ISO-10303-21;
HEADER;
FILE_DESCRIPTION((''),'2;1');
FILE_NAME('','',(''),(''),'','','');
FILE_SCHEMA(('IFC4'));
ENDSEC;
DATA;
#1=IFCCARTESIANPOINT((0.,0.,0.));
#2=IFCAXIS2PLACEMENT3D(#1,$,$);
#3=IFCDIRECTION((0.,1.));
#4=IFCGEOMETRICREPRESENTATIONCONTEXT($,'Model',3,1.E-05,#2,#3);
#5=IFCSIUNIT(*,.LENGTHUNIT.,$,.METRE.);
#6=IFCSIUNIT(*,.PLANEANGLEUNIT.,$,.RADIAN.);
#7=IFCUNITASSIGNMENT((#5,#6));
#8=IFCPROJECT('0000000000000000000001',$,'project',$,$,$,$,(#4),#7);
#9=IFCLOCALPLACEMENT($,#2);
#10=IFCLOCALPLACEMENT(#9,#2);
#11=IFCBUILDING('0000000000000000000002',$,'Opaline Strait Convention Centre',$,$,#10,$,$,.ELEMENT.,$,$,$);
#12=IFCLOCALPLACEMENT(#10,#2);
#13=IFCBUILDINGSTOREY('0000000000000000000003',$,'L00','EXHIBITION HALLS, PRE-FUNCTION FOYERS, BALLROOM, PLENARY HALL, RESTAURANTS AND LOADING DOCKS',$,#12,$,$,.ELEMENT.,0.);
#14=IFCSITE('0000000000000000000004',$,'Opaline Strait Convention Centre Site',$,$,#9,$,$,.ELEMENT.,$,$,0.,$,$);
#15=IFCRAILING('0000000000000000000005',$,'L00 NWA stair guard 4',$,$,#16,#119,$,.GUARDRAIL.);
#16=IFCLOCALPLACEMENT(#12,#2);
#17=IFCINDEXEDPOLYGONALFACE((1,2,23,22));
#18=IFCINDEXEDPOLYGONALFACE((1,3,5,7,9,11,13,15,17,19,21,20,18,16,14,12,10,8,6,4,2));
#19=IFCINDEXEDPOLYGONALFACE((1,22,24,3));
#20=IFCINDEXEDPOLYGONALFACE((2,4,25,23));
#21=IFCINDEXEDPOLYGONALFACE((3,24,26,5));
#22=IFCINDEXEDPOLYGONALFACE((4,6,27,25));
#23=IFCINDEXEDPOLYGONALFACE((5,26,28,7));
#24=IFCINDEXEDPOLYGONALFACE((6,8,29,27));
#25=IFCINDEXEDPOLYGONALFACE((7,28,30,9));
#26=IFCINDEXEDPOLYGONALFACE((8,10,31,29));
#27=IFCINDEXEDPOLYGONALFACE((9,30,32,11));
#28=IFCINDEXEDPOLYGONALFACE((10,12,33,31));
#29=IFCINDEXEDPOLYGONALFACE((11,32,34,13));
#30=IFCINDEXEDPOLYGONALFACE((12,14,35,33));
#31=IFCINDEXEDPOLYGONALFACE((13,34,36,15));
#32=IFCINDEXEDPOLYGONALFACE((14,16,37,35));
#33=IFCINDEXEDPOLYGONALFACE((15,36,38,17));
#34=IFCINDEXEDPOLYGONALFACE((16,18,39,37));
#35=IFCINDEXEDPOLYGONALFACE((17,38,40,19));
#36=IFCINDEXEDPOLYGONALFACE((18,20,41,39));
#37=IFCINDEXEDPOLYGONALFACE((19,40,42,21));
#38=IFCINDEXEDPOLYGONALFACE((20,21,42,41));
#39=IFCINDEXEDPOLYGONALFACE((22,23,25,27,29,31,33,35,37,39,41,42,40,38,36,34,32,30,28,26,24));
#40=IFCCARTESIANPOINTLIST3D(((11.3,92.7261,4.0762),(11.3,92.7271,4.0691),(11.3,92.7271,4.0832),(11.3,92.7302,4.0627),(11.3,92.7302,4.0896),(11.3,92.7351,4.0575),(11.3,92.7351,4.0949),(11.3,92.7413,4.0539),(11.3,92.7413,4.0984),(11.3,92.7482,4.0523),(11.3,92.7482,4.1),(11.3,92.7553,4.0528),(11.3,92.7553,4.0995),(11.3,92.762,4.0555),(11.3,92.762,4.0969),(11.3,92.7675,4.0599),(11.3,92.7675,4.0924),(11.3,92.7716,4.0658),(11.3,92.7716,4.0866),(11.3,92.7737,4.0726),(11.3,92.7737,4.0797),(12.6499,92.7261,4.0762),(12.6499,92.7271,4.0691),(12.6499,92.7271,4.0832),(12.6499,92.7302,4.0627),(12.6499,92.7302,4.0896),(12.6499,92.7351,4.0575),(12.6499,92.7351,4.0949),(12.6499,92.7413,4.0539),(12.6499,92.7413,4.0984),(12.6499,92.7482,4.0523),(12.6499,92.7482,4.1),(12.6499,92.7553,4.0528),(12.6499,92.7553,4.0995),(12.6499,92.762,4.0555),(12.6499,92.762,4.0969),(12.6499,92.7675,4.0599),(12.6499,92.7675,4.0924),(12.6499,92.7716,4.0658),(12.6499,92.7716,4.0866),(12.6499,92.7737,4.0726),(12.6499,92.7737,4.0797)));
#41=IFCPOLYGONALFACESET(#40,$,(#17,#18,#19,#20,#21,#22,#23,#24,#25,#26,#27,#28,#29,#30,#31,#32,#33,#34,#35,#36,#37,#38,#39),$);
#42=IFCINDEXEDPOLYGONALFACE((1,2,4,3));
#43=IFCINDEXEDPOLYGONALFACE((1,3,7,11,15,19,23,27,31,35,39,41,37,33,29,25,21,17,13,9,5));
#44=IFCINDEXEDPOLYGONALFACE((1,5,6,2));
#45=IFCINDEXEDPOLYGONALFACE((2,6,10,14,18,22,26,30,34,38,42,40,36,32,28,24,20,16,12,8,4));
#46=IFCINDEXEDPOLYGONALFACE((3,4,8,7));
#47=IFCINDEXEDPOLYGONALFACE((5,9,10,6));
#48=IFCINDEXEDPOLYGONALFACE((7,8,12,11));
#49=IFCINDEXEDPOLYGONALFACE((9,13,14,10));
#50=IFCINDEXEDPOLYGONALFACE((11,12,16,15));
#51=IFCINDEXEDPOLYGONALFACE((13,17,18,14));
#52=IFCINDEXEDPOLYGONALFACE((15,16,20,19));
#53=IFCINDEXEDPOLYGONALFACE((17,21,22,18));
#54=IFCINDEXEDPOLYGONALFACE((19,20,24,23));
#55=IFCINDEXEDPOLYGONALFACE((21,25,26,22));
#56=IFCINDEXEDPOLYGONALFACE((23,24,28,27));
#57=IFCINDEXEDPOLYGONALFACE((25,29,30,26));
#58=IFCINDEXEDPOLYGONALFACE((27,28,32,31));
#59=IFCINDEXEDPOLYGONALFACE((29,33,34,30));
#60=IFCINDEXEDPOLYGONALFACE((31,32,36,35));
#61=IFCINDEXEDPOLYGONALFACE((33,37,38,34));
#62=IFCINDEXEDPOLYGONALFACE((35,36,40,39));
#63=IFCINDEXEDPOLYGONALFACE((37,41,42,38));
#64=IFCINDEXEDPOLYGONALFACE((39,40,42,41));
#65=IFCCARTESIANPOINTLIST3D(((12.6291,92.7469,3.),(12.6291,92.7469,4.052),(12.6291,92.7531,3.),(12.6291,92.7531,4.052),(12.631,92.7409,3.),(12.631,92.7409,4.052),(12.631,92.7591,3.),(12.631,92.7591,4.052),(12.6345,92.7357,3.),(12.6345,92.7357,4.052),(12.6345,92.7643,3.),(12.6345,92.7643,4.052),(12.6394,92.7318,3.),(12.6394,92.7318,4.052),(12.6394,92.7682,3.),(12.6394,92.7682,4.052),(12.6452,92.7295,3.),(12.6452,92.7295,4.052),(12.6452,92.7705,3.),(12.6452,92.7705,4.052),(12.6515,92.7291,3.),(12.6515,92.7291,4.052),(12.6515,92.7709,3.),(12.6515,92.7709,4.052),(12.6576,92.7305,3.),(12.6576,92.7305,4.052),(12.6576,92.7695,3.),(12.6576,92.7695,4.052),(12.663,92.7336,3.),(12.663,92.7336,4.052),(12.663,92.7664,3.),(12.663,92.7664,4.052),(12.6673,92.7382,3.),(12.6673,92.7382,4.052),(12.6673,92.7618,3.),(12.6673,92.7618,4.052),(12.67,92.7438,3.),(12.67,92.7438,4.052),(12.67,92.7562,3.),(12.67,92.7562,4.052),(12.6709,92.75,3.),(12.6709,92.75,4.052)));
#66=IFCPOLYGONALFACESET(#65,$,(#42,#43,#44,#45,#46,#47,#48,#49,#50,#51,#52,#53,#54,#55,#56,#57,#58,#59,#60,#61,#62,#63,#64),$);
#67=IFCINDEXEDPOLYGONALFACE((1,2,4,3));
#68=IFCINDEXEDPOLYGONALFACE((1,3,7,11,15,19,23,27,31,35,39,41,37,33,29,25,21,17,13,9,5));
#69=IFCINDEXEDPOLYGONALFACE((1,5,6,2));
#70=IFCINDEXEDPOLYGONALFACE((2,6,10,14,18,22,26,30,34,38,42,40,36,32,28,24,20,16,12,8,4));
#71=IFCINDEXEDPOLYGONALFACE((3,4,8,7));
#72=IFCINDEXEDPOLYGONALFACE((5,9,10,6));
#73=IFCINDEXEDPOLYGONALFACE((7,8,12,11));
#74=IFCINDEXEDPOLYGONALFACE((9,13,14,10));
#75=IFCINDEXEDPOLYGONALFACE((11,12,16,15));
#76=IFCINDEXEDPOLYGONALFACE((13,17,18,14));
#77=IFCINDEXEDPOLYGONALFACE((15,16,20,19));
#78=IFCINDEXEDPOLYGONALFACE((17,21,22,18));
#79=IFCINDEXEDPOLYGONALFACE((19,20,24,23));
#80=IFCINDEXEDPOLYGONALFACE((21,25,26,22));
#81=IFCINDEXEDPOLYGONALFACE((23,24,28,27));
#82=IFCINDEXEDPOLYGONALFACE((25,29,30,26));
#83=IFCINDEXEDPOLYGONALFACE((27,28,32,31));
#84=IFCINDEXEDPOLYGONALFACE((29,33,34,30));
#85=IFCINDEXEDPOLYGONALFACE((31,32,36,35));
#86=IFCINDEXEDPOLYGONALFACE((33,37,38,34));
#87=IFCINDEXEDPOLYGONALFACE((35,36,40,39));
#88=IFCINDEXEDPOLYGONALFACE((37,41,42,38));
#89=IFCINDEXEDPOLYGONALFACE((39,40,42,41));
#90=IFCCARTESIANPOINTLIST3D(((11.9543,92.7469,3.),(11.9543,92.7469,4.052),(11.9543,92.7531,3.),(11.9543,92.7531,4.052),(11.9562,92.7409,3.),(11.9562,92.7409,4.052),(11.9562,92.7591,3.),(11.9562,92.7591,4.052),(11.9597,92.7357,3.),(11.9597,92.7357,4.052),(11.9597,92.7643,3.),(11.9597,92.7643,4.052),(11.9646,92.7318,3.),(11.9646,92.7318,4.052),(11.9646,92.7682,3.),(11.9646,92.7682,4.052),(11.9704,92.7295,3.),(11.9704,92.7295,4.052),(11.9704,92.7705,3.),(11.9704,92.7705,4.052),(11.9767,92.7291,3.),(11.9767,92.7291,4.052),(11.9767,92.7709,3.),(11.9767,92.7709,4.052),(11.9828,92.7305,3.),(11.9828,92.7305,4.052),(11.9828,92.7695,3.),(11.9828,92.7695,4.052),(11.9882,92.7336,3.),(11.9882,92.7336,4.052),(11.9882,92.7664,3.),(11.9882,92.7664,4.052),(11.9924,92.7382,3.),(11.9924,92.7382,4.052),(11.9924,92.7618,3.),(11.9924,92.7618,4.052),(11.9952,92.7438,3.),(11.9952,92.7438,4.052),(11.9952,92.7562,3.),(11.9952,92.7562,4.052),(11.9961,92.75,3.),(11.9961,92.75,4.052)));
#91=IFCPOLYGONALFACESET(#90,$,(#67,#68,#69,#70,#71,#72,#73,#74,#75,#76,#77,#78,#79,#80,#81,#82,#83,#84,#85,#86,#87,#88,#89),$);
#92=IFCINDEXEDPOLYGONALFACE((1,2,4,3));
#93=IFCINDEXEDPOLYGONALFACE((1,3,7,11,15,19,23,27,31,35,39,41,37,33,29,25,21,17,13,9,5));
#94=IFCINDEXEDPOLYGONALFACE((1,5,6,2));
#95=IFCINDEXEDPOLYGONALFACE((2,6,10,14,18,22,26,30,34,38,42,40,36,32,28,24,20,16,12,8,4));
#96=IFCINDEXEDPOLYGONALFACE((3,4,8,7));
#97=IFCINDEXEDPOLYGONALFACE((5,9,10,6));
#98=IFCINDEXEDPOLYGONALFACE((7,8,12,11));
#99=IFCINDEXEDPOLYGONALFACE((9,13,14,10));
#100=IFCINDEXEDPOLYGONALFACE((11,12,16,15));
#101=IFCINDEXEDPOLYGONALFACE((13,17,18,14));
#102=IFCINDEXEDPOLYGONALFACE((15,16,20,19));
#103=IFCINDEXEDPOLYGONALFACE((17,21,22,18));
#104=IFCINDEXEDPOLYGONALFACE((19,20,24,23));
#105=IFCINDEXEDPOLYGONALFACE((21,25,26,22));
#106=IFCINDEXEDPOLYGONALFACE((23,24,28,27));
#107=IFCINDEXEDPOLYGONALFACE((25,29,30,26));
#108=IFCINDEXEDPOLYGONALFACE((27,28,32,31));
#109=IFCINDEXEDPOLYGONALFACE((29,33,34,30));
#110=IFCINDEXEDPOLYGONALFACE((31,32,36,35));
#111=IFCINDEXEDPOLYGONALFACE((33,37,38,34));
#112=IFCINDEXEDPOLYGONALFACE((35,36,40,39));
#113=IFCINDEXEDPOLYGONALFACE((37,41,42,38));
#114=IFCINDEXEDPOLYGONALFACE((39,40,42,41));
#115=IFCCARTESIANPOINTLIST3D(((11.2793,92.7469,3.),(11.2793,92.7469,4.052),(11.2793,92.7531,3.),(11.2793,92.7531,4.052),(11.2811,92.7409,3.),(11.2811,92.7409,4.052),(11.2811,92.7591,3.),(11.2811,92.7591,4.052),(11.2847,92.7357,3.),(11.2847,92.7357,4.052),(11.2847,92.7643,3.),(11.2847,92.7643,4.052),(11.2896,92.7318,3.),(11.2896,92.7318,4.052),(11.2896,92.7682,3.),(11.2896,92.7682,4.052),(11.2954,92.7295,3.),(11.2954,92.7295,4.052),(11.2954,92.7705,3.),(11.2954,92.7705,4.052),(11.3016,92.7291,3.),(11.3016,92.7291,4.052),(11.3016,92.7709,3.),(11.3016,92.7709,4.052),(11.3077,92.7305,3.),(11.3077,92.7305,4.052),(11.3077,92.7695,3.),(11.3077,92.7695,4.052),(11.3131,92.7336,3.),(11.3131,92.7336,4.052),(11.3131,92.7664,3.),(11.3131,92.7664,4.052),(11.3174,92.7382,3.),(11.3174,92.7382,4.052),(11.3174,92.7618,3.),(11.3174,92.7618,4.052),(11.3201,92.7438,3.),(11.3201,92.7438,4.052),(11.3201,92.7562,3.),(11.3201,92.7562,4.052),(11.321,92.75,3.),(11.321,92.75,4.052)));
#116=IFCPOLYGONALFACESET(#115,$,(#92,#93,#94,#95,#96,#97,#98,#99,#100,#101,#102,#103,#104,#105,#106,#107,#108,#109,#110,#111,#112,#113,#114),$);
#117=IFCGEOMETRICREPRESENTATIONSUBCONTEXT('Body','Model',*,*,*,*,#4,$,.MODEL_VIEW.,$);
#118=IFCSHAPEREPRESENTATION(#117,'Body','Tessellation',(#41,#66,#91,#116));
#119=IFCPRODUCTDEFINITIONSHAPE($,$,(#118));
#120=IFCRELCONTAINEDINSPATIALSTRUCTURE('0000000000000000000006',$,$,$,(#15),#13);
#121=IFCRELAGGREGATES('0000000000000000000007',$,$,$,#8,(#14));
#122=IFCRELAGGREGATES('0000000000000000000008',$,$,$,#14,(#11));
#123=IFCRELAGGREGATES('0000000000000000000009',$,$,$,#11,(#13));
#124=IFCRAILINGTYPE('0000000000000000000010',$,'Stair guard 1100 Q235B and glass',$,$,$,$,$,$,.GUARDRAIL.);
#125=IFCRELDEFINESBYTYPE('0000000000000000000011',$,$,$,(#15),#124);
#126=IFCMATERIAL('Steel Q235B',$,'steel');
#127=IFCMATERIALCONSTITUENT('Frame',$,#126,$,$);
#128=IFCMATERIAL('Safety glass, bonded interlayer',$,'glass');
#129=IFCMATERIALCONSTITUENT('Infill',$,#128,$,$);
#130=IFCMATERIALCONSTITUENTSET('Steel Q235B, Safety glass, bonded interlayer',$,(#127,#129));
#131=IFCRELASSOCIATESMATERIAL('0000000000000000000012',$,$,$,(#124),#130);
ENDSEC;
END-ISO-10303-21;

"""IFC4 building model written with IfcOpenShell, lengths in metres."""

from ifc_helpers import new_model, si_unit, direction, frame, origin, origin_2d, place, context, subcontext, project, spatial, circle, extrude, material, constituent, constituent_set, type_object, element, save


model = new_model("IFC4")

# Units and contexts
model_context = context("Model", 3, precision=1e-05, world=origin(), true_north=direction((0.0, 1.0)))
body_context = subcontext(model_context, "Body", "Model", "MODEL_VIEW")
ifc_project = project(units=[si_unit("LENGTHUNIT", "METRE"), si_unit("PLANEANGLEUNIT", "RADIAN")], contexts=[model_context])

# Site, building, storey
site_placement = place(None, origin())
site = spatial("IfcSite", under=ifc_project, at=site_placement, Name="Opaline Strait Convention Centre Site", CompositionType="ELEMENT", RefElevation=0.0)
building_placement = place(site_placement, origin())
building = spatial("IfcBuilding", under=site, at=building_placement, Name="Opaline Strait Convention Centre", CompositionType="ELEMENT")
storey_placement = place(building_placement, origin())
storey = spatial("IfcBuildingStorey", under=building, at=storey_placement, Name="L00", Description="EXHIBITION HALLS, PRE-FUNCTION FOYERS, BALLROOM, PLENARY HALL, RESTAURANTS AND LOADING DOCKS", CompositionType="ELEMENT", Elevation=0.0)

# Railing
ifc_material_1 = material(Name="Steel Q235B", Category="steel")
ifc_constituent_1 = constituent(ifc_material_1, Name="Frame")
ifc_material_2 = material(Name="Safety glass, bonded interlayer", Category="glass")
ifc_constituent_2 = constituent(ifc_material_2, Name="Infill")
ifc_constituent_set = constituent_set(constituents=[ifc_constituent_1, ifc_constituent_2], Name="Steel Q235B, Safety glass, bonded interlayer")
railing_type_1 = type_object("IfcRailingType", Name="Stair guard 1100 Q235B and glass", PredefinedType="GUARDRAIL", material=ifc_constituent_set)
railing_1_placement = place(storey_placement, frame((12.6499, 92.75, 3.0)))
element("IfcRailing", 1, at=railing_1_placement, inside=storey, type_object=railing_type_1, Name="L00 NWA stair guard 4", PredefinedType="GUARDRAIL", context=body_context, shape_type="SweptSolid", body=[
    extrude(circle(Radius=0.0239, at=origin_2d()), frame((0.0, 0.0, 1.0762), z_axis=(-1.0, 0.0, 0.0), x_axis=(0.0, -1.0, 0.0)), (0.0, 0.0, 1.0), 1.3499),
    extrude(circle(Radius=0.021, at=origin_2d()), origin(), (0.0, 0.0, 1.0), 1.052),
    extrude(circle(Radius=0.021, at=origin_2d()), frame((-0.6748, 0.0, 0.0)), (0.0, 0.0, 1.0), 1.052),
    extrude(circle(Radius=0.021, at=origin_2d()), frame((-1.3499, 0.0, 0.0)), (0.0, 0.0, 1.0), 1.052),
])

save(model, "model.ifc")
